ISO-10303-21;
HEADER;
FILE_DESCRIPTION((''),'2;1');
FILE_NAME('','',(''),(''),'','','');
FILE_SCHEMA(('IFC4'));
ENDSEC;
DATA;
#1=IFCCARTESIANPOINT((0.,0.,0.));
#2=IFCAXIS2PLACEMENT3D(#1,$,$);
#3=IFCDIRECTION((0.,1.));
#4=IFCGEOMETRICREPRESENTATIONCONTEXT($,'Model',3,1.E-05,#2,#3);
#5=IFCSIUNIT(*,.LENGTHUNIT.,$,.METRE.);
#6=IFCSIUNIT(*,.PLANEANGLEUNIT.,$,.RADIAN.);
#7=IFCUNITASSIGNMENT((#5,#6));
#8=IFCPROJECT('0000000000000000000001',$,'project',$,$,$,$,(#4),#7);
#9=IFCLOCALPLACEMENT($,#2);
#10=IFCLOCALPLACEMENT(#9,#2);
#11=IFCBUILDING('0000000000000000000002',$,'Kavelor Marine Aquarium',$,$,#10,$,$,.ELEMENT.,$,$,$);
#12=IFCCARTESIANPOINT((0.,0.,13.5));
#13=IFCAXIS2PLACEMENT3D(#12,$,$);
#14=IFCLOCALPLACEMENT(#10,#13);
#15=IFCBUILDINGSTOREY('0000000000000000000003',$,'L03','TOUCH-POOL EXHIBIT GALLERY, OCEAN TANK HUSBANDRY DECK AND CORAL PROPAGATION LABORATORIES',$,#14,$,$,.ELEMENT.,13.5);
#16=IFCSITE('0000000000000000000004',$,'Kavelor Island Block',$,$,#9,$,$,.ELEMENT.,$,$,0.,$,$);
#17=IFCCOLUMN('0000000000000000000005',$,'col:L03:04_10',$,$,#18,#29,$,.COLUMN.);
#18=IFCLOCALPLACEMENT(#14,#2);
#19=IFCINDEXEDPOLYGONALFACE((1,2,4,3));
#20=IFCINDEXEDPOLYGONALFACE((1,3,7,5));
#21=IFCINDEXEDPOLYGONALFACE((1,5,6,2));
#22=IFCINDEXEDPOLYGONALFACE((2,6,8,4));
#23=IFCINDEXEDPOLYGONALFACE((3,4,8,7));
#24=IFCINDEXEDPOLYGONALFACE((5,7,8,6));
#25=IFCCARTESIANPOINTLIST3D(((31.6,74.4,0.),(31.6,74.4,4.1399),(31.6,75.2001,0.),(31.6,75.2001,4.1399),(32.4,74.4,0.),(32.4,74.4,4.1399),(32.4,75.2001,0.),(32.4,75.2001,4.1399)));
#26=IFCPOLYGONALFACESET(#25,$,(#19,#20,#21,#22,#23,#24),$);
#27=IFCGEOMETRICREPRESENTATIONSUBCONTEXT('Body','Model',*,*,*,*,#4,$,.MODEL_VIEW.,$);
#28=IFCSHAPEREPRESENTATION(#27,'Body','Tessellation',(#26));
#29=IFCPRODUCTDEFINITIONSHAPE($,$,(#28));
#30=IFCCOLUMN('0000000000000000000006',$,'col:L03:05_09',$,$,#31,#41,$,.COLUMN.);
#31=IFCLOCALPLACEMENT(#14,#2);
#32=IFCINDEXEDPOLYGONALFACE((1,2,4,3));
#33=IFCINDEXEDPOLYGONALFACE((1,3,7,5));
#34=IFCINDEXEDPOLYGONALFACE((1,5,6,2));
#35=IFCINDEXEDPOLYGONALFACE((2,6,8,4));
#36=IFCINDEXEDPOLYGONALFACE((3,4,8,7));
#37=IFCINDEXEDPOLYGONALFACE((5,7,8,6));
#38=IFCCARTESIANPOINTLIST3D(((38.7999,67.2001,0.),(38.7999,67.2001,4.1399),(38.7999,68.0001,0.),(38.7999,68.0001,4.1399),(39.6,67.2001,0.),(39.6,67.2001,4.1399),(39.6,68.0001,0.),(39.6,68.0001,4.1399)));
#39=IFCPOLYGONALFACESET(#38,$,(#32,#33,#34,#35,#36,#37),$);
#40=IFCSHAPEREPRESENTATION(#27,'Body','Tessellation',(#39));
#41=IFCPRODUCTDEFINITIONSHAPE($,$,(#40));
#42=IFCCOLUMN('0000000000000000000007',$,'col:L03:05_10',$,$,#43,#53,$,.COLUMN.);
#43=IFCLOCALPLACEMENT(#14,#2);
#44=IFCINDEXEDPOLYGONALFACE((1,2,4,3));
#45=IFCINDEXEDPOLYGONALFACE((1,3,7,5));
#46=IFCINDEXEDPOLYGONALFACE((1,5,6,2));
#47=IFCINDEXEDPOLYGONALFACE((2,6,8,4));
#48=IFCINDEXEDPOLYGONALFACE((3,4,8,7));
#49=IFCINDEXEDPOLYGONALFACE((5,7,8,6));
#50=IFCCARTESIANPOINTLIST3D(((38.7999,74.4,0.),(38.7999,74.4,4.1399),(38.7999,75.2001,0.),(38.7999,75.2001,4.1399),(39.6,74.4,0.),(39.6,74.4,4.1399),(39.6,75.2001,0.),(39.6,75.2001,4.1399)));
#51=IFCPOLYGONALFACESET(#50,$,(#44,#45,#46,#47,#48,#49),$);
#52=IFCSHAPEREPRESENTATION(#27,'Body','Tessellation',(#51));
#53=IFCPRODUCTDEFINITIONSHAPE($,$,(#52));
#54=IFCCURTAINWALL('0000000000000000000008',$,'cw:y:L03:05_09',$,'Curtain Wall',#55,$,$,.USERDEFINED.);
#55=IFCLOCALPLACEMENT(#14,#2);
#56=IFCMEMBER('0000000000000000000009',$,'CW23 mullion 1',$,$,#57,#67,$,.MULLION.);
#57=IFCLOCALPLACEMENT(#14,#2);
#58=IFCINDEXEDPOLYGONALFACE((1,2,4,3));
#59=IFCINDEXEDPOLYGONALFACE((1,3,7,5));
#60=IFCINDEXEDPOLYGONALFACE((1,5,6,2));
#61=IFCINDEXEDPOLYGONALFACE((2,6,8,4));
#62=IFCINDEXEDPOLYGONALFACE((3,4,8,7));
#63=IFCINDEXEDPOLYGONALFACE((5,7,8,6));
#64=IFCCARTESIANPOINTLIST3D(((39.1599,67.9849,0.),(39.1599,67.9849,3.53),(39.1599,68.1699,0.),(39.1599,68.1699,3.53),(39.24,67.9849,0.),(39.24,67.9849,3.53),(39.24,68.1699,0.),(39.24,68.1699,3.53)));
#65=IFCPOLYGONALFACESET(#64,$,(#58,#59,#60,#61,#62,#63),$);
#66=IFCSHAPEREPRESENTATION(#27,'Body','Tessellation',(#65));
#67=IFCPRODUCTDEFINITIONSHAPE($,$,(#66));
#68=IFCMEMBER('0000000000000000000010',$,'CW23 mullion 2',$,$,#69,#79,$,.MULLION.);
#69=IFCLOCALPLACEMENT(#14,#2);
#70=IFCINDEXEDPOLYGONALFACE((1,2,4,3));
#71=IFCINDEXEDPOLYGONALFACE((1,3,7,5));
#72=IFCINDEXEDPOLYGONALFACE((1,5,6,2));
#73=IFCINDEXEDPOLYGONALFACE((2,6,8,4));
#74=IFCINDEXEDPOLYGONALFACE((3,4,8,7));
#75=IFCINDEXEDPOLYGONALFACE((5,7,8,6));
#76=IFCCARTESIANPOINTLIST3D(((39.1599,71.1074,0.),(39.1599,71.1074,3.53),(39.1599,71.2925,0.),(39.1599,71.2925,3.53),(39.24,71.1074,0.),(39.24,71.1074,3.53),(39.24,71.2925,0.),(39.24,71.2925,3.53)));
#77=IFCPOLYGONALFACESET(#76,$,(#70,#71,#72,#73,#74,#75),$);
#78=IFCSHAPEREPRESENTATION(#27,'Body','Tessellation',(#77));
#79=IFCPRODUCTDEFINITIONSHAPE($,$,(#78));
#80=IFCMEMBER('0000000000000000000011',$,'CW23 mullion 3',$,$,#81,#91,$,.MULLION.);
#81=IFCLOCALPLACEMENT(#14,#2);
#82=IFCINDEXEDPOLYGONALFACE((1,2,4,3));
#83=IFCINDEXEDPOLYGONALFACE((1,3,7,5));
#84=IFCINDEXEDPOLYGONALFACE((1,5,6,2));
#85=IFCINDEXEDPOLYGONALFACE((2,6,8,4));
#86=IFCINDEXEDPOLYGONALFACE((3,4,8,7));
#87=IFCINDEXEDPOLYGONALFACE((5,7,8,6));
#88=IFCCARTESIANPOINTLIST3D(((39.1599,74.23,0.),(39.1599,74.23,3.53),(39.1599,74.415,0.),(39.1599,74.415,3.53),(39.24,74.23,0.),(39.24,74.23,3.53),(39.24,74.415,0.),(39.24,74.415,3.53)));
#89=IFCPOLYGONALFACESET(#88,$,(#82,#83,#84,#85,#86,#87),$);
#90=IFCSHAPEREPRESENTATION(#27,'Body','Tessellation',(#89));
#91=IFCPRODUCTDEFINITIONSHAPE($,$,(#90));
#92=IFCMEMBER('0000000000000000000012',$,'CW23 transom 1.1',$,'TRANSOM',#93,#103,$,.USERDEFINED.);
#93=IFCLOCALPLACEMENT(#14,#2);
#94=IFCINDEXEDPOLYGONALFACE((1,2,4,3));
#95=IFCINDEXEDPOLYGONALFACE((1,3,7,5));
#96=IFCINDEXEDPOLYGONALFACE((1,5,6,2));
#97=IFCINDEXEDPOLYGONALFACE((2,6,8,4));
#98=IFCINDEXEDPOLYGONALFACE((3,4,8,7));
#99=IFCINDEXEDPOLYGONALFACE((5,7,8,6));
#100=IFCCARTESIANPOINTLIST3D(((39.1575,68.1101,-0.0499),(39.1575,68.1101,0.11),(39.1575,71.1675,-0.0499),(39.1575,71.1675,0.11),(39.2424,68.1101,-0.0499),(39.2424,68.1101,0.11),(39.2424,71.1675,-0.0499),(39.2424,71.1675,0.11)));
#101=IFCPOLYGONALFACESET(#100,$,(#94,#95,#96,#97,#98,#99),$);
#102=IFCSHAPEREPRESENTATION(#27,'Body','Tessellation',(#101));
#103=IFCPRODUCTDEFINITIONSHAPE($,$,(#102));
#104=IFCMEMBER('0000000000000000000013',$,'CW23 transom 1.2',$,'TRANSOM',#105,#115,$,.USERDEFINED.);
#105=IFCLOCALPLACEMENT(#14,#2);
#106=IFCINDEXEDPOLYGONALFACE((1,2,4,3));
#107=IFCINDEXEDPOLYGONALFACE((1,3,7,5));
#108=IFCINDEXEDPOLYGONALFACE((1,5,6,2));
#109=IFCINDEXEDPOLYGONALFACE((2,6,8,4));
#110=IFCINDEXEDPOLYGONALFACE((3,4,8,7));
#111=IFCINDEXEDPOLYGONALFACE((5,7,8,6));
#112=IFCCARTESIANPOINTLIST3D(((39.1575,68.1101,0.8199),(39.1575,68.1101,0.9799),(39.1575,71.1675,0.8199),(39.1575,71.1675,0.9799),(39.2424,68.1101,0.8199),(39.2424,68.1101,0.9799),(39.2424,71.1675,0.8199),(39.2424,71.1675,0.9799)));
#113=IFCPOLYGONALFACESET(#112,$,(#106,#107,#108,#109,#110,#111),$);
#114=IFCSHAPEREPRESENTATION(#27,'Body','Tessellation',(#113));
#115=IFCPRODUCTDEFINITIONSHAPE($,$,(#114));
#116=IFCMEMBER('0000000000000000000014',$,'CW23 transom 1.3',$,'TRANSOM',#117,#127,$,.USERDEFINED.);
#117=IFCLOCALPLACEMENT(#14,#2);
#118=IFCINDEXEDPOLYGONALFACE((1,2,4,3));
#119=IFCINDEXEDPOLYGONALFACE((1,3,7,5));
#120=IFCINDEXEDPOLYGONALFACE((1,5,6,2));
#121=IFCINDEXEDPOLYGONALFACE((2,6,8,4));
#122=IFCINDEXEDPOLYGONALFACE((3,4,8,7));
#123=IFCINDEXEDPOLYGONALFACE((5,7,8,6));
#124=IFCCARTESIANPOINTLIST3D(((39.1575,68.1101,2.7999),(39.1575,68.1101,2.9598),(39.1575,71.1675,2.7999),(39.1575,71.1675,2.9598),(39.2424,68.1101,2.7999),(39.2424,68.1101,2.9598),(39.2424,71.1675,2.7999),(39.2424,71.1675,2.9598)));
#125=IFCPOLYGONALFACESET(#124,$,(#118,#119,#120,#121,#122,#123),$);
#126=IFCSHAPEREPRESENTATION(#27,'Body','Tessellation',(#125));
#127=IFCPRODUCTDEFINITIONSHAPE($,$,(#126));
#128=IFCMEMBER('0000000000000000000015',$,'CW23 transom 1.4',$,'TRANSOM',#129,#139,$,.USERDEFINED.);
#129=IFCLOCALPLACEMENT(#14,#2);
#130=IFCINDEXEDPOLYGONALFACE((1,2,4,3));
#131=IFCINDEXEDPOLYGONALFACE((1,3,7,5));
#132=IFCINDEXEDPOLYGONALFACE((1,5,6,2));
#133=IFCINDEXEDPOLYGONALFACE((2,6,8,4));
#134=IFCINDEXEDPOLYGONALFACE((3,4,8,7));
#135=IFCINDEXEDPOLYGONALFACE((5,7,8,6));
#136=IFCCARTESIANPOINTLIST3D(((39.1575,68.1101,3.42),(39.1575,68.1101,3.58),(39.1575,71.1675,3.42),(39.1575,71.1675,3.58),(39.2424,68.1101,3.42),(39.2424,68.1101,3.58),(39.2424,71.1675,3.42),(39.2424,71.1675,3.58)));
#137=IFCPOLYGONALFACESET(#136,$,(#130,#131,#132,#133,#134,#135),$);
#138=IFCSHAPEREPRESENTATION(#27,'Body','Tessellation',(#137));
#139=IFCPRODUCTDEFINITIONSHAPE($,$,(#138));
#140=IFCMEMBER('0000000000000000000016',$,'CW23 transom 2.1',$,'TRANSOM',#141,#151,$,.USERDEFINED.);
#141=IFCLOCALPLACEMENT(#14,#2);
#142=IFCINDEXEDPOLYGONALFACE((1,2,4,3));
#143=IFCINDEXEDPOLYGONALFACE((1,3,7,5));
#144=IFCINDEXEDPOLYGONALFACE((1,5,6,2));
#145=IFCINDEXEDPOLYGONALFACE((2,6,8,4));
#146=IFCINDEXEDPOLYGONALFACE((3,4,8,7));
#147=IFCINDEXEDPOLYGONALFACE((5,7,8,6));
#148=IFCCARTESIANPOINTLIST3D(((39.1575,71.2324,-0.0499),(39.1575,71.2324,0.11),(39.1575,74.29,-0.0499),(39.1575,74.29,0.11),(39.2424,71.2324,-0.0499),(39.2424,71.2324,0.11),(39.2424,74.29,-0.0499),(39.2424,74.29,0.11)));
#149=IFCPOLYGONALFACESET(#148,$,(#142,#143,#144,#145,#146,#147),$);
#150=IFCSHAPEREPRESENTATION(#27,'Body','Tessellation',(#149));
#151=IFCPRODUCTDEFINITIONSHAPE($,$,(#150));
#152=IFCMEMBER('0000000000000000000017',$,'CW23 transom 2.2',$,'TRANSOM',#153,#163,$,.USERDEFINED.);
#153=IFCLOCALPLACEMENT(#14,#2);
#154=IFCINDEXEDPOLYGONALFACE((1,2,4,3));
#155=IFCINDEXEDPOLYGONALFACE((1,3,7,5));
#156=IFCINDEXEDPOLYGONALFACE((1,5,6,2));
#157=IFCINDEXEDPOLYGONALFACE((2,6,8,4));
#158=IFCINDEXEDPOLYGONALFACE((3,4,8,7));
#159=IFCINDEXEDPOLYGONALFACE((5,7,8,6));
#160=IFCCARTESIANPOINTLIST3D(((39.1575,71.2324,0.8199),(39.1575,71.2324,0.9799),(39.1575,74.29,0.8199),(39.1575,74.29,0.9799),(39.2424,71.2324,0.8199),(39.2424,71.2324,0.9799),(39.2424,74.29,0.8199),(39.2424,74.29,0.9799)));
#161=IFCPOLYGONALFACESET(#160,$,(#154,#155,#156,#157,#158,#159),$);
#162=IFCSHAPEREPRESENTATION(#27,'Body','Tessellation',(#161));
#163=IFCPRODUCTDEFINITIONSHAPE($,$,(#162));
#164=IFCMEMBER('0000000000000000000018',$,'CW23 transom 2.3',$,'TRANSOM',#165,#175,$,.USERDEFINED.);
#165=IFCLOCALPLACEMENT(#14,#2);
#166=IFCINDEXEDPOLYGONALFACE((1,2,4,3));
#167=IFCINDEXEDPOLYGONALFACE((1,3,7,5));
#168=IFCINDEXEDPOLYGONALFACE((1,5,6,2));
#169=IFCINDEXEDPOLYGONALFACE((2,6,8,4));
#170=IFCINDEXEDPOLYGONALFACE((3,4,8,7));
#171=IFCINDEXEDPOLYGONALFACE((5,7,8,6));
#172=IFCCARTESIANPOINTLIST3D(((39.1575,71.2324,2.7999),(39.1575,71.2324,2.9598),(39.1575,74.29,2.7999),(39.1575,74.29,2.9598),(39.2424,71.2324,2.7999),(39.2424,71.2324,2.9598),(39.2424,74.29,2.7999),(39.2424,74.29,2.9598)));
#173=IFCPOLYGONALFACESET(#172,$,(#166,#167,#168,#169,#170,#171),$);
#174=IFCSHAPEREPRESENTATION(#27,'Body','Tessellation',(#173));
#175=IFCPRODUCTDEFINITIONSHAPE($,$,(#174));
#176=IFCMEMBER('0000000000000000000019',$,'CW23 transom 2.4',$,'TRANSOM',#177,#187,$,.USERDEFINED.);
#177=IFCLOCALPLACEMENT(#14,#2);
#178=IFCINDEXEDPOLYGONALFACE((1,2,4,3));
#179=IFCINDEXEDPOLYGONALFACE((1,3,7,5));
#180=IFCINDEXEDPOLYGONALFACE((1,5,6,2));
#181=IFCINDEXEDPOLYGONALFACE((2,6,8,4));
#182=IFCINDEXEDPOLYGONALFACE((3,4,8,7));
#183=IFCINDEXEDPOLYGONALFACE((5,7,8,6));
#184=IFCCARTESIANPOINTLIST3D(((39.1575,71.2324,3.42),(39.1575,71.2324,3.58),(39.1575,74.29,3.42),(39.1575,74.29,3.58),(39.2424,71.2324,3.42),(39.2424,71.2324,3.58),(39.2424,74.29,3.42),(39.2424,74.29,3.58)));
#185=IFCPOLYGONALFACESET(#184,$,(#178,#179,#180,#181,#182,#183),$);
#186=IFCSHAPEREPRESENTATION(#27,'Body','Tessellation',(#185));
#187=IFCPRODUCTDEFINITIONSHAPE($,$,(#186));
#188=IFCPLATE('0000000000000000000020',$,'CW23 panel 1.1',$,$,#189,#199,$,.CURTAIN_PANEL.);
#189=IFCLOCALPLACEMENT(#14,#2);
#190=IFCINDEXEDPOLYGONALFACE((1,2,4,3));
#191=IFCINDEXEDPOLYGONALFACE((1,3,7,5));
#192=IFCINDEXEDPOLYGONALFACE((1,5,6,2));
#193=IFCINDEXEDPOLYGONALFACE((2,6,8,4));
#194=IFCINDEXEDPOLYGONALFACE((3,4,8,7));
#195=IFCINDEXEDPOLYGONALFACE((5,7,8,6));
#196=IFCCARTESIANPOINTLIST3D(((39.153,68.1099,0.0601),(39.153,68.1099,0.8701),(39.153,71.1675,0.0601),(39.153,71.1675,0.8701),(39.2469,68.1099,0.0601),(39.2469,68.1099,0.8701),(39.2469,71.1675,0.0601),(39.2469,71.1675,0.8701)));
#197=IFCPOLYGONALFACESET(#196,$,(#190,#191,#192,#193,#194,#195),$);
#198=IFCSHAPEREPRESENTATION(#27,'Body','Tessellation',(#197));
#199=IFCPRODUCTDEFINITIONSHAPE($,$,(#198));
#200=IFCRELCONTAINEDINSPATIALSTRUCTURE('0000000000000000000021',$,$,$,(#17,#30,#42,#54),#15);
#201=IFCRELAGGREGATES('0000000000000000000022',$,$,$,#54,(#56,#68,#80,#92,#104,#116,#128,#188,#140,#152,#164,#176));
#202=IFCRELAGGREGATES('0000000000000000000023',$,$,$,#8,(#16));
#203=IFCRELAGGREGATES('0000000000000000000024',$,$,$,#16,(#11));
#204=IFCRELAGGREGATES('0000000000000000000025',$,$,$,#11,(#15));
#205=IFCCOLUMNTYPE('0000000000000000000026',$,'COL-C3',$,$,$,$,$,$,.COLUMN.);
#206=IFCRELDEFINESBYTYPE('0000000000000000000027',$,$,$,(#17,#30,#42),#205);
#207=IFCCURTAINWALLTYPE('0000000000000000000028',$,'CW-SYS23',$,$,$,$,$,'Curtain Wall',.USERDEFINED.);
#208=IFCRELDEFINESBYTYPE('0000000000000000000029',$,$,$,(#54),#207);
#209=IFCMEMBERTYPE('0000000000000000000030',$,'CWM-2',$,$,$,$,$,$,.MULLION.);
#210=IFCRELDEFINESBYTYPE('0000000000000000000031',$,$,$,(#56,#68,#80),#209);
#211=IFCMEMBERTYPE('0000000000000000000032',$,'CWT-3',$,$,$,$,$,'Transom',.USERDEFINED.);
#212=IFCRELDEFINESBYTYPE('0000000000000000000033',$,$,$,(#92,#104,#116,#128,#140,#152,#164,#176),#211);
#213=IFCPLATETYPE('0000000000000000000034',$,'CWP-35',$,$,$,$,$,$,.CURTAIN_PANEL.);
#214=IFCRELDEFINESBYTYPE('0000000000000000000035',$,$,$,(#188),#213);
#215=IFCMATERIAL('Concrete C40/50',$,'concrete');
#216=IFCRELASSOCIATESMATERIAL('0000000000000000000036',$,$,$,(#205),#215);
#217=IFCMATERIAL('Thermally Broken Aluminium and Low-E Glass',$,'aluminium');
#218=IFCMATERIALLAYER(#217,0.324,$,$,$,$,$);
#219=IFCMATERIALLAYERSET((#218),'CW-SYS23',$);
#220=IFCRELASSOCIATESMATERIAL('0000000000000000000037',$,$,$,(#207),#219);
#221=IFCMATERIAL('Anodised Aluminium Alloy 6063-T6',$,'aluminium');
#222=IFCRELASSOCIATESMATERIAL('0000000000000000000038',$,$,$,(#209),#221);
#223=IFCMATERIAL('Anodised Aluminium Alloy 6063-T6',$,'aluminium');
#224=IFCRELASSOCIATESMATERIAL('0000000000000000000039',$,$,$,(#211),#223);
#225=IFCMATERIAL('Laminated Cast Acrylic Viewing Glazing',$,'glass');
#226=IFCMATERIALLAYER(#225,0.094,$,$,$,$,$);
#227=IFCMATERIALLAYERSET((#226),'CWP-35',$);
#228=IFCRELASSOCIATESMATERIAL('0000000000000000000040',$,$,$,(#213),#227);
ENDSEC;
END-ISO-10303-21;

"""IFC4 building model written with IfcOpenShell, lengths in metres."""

from ifc_helpers import new_model, si_unit, direction, frame, origin, origin_2d, place, context, subcontext, project, spatial, rectangle, extrude, material, layer, layer_set, material_profile, profile_set, type_object, element, aggregate, save


model = new_model("IFC4")

# Units and contexts
model_context = context("Model", 3, precision=1e-05, world=origin(), true_north=direction((0.0, 1.0)))
body_context = subcontext(model_context, "Body", "Model", "MODEL_VIEW")
ifc_project = project(units=[si_unit("LENGTHUNIT", "METRE"), si_unit("PLANEANGLEUNIT", "RADIAN")], contexts=[model_context])

# Site, building, storey
site_placement = place(None, origin())
site = spatial("IfcSite", under=ifc_project, at=site_placement, Name="Kavelor Island Block", CompositionType="ELEMENT", RefElevation=0.0)
building_placement = place(site_placement, origin())
building = spatial("IfcBuilding", under=site, at=building_placement, Name="Kavelor Marine Aquarium", CompositionType="ELEMENT")
storey_placement = place(building_placement, frame((0.0, 0.0, 13.5)))
storey = spatial("IfcBuildingStorey", under=building, at=storey_placement, Name="L03", Description="TOUCH-POOL EXHIBIT GALLERY, OCEAN TANK HUSBANDRY DECK AND CORAL PROPAGATION LABORATORIES", CompositionType="ELEMENT", Elevation=13.5)

# Columns
ifc_material_1 = material(Name="Concrete C40/50", Category="concrete")
ifc_material_profile_1 = material_profile(ifc_material_1, rectangle(XDim=0.8, YDim=0.8, at=origin_2d()), Name="RC-COL 800x800")
ifc_profile_set_1 = profile_set([ifc_material_profile_1], Name="Concrete C40/50")
column_type = type_object("IfcColumnType", Name="COL-C3", PredefinedType="COLUMN", material=ifc_profile_set_1)
for number, where, z_axis, x_axis, name in (
    (1, (32.0, 74.8, 0.0), (0.0, 0.0, 1.0), (1.0, 0.0, 0.0), "col:L03:04_10"),
    (2, (39.2, 67.6001, 0.0), (0.0, 0.0, 1.0), (1.0, 0.0, 0.0), "col:L03:05_09"),
    (3, (39.2, 74.8, 0.0), (0.0, 0.0, 1.0), (1.0, 0.0, 0.0), "col:L03:05_10"),
):
    element("IfcColumn", number, at=place(storey_placement, frame(where, z_axis=z_axis, x_axis=x_axis)), inside=storey, type_object=column_type, Name=name, PredefinedType="COLUMN", context=body_context, shape_type="SweptSolid", body=[
        extrude(rectangle(XDim=0.8, YDim=0.8, at=origin_2d()), origin(), (0.0, 0.0, 1.0), 4.1399),
    ])

# Curtain wall, members, plate
ifc_material_2 = material(Name="Thermally Broken Aluminium and Low-E Glass", Category="aluminium")
ifc_layer_1 = layer(ifc_material_2, 0.324)
ifc_layer_set_1 = layer_set([ifc_layer_1], Name="CW-SYS23")
curtain_wall_type = type_object("IfcCurtainWallType", Name="CW-SYS23", ElementType="Curtain Wall", PredefinedType="USERDEFINED", material=ifc_layer_set_1)
curtain_wall_placement = place(storey_placement, origin())
curtain_wall = element("IfcCurtainWall", 4, at=curtain_wall_placement, inside=storey, type_object=curtain_wall_type, Name="cw:y:L03:05_09", ObjectType="Curtain Wall", PredefinedType="USERDEFINED")
ifc_material_3 = material(Name="Anodised Aluminium Alloy 6063-T6", Category="aluminium")
ifc_material_profile_2 = material_profile(ifc_material_3, rectangle(XDim=0.0801, YDim=0.1851, at=origin_2d()), Name="CW-MUL 80x185")
ifc_profile_set_2 = profile_set([ifc_material_profile_2], Name="Anodised Aluminium Alloy 6063-T6")
member_type_1 = type_object("IfcMemberType", Name="CWM-2", PredefinedType="MULLION", material=ifc_profile_set_2)
member_1_placement = place(storey_placement, frame((39.2, 68.0774, 0.0), z_axis=(0.0, 0.0, 1.0), x_axis=(-1.0, 0.0, 0.0)))
member_1 = element("IfcMember", 5, at=member_1_placement, type_object=member_type_1, Name="CW23 mullion 1", PredefinedType="MULLION", context=body_context, shape_type="SweptSolid", body=[
    extrude(rectangle(XDim=0.0801, YDim=0.1851, at=origin_2d()), origin(), (0.0, 0.0, 1.0), 3.53),
])
member_2_placement = place(storey_placement, frame((39.2, 71.2, 0.0), z_axis=(0.0, 0.0, 1.0), x_axis=(-1.0, 0.0, 0.0)))
member_2 = element("IfcMember", 6, at=member_2_placement, type_object=member_type_1, Name="CW23 mullion 2", PredefinedType="MULLION", context=body_context, shape_type="SweptSolid", body=[
    extrude(rectangle(XDim=0.0801, YDim=0.1851, at=origin_2d()), origin(), (0.0, 0.0, 1.0), 3.53),
])
member_3_placement = place(storey_placement, frame((39.2, 74.3225, 0.0), z_axis=(0.0, 0.0, 1.0), x_axis=(-1.0, 0.0, 0.0)))
member_3 = element("IfcMember", 7, at=member_3_placement, type_object=member_type_1, Name="CW23 mullion 3", PredefinedType="MULLION", context=body_context, shape_type="SweptSolid", body=[
    extrude(rectangle(XDim=0.0801, YDim=0.1851, at=origin_2d()), origin(), (0.0, 0.0, 1.0), 3.53),
])
ifc_material_4 = material(Name="Anodised Aluminium Alloy 6063-T6", Category="aluminium")
ifc_material_profile_3 = material_profile(ifc_material_4, rectangle(XDim=0.085, YDim=0.1599, at=origin_2d()), Name="CW-TRN 85x160")
ifc_profile_set_3 = profile_set([ifc_material_profile_3], Name="Anodised Aluminium Alloy 6063-T6")
member_type_2 = type_object("IfcMemberType", Name="CWT-3", ElementType="Transom", PredefinedType="USERDEFINED", material=ifc_profile_set_3)
member_4_placement = place(storey_placement, frame((39.2, 68.1101, 0.03), z_axis=(0.0, 1.0, 0.0), x_axis=(-1.0, 0.0, 0.0)))
member_4 = element("IfcMember", 8, at=member_4_placement, type_object=member_type_2, Name="CW23 transom 1.1", ObjectType="TRANSOM", PredefinedType="USERDEFINED", context=body_context, shape_type="SweptSolid", body=[
    extrude(rectangle(XDim=0.085, YDim=0.1599, at=origin_2d()), origin(), (0.0, 0.0, 1.0), 3.0574),
])
member_5_placement = place(storey_placement, frame((39.2, 68.1101, 0.8999), z_axis=(0.0, 1.0, 0.0), x_axis=(-1.0, 0.0, 0.0)))
member_5 = element("IfcMember", 9, at=member_5_placement, type_object=member_type_2, Name="CW23 transom 1.2", ObjectType="TRANSOM", PredefinedType="USERDEFINED", context=body_context, shape_type="SweptSolid", body=[
    extrude(rectangle(XDim=0.085, YDim=0.1599, at=origin_2d()), origin(), (0.0, 0.0, 1.0), 3.0574),
])
member_6_placement = place(storey_placement, frame((39.2, 68.1101, 2.8799), z_axis=(0.0, 1.0, 0.0), x_axis=(-1.0, 0.0, 0.0)))
member_6 = element("IfcMember", 10, at=member_6_placement, type_object=member_type_2, Name="CW23 transom 1.3", ObjectType="TRANSOM", PredefinedType="USERDEFINED", context=body_context, shape_type="SweptSolid", body=[
    extrude(rectangle(XDim=0.085, YDim=0.1599, at=origin_2d()), origin(), (0.0, 0.0, 1.0), 3.0574),
])
member_7_placement = place(storey_placement, frame((39.2, 68.1101, 3.5), z_axis=(0.0, 1.0, 0.0), x_axis=(-1.0, 0.0, 0.0)))
member_7 = element("IfcMember", 11, at=member_7_placement, type_object=member_type_2, Name="CW23 transom 1.4", ObjectType="TRANSOM", PredefinedType="USERDEFINED", context=body_context, shape_type="SweptSolid", body=[
    extrude(rectangle(XDim=0.085, YDim=0.1599, at=origin_2d()), origin(), (0.0, 0.0, 1.0), 3.0574),
])
member_8_placement = place(storey_placement, frame((39.2, 71.2324, 0.03), z_axis=(0.0, 1.0, 0.0), x_axis=(-1.0, 0.0, 0.0)))
member_8 = element("IfcMember", 12, at=member_8_placement, type_object=member_type_2, Name="CW23 transom 2.1", ObjectType="TRANSOM", PredefinedType="USERDEFINED", context=body_context, shape_type="SweptSolid", body=[
    extrude(rectangle(XDim=0.085, YDim=0.1599, at=origin_2d()), origin(), (0.0, 0.0, 1.0), 3.0576),
])
member_9_placement = place(storey_placement, frame((39.2, 71.2324, 0.8999), z_axis=(0.0, 1.0, 0.0), x_axis=(-1.0, 0.0, 0.0)))
member_9 = element("IfcMember", 13, at=member_9_placement, type_object=member_type_2, Name="CW23 transom 2.2", ObjectType="TRANSOM", PredefinedType="USERDEFINED", context=body_context, shape_type="SweptSolid", body=[
    extrude(rectangle(XDim=0.085, YDim=0.1599, at=origin_2d()), origin(), (0.0, 0.0, 1.0), 3.0576),
])
member_10_placement = place(storey_placement, frame((39.2, 71.2324, 2.8799), z_axis=(0.0, 1.0, 0.0), x_axis=(-1.0, 0.0, 0.0)))
member_10 = element("IfcMember", 14, at=member_10_placement, type_object=member_type_2, Name="CW23 transom 2.3", ObjectType="TRANSOM", PredefinedType="USERDEFINED", context=body_context, shape_type="SweptSolid", body=[
    extrude(rectangle(XDim=0.085, YDim=0.1599, at=origin_2d()), origin(), (0.0, 0.0, 1.0), 3.0576),
])
member_11_placement = place(storey_placement, frame((39.2, 71.2324, 3.5), z_axis=(0.0, 1.0, 0.0), x_axis=(-1.0, 0.0, 0.0)))
member_11 = element("IfcMember", 15, at=member_11_placement, type_object=member_type_2, Name="CW23 transom 2.4", ObjectType="TRANSOM", PredefinedType="USERDEFINED", context=body_context, shape_type="SweptSolid", body=[
    extrude(rectangle(XDim=0.085, YDim=0.1599, at=origin_2d()), origin(), (0.0, 0.0, 1.0), 3.0576),
])
ifc_material_5 = material(Name="Laminated Cast Acrylic Viewing Glazing", Category="glass")
ifc_layer_2 = layer(ifc_material_5, 0.094)
ifc_layer_set_2 = layer_set([ifc_layer_2], Name="CWP-35")
plate_type = type_object("IfcPlateType", Name="CWP-35", PredefinedType="CURTAIN_PANEL", material=ifc_layer_set_2)
plate_1_placement = place(storey_placement, frame((39.2, 69.6387, 0.0601), z_axis=(0.0, 0.0, 1.0), x_axis=(0.0, 1.0, 0.0)))
plate_1 = element("IfcPlate", 16, at=plate_1_placement, type_object=plate_type, Name="CW23 panel 1.1", PredefinedType="CURTAIN_PANEL", context=body_context, shape_type="SweptSolid", body=[
    extrude(rectangle(XDim=3.0576, YDim=0.094, at=origin_2d()), origin(), (0.0, 0.0, 1.0), 0.8101),
])
aggregate(curtain_wall, [member_1, member_2, member_3, member_4, member_5, member_6, member_7, plate_1, member_8, member_9, member_10, member_11])

save(model, "model.ifc")
